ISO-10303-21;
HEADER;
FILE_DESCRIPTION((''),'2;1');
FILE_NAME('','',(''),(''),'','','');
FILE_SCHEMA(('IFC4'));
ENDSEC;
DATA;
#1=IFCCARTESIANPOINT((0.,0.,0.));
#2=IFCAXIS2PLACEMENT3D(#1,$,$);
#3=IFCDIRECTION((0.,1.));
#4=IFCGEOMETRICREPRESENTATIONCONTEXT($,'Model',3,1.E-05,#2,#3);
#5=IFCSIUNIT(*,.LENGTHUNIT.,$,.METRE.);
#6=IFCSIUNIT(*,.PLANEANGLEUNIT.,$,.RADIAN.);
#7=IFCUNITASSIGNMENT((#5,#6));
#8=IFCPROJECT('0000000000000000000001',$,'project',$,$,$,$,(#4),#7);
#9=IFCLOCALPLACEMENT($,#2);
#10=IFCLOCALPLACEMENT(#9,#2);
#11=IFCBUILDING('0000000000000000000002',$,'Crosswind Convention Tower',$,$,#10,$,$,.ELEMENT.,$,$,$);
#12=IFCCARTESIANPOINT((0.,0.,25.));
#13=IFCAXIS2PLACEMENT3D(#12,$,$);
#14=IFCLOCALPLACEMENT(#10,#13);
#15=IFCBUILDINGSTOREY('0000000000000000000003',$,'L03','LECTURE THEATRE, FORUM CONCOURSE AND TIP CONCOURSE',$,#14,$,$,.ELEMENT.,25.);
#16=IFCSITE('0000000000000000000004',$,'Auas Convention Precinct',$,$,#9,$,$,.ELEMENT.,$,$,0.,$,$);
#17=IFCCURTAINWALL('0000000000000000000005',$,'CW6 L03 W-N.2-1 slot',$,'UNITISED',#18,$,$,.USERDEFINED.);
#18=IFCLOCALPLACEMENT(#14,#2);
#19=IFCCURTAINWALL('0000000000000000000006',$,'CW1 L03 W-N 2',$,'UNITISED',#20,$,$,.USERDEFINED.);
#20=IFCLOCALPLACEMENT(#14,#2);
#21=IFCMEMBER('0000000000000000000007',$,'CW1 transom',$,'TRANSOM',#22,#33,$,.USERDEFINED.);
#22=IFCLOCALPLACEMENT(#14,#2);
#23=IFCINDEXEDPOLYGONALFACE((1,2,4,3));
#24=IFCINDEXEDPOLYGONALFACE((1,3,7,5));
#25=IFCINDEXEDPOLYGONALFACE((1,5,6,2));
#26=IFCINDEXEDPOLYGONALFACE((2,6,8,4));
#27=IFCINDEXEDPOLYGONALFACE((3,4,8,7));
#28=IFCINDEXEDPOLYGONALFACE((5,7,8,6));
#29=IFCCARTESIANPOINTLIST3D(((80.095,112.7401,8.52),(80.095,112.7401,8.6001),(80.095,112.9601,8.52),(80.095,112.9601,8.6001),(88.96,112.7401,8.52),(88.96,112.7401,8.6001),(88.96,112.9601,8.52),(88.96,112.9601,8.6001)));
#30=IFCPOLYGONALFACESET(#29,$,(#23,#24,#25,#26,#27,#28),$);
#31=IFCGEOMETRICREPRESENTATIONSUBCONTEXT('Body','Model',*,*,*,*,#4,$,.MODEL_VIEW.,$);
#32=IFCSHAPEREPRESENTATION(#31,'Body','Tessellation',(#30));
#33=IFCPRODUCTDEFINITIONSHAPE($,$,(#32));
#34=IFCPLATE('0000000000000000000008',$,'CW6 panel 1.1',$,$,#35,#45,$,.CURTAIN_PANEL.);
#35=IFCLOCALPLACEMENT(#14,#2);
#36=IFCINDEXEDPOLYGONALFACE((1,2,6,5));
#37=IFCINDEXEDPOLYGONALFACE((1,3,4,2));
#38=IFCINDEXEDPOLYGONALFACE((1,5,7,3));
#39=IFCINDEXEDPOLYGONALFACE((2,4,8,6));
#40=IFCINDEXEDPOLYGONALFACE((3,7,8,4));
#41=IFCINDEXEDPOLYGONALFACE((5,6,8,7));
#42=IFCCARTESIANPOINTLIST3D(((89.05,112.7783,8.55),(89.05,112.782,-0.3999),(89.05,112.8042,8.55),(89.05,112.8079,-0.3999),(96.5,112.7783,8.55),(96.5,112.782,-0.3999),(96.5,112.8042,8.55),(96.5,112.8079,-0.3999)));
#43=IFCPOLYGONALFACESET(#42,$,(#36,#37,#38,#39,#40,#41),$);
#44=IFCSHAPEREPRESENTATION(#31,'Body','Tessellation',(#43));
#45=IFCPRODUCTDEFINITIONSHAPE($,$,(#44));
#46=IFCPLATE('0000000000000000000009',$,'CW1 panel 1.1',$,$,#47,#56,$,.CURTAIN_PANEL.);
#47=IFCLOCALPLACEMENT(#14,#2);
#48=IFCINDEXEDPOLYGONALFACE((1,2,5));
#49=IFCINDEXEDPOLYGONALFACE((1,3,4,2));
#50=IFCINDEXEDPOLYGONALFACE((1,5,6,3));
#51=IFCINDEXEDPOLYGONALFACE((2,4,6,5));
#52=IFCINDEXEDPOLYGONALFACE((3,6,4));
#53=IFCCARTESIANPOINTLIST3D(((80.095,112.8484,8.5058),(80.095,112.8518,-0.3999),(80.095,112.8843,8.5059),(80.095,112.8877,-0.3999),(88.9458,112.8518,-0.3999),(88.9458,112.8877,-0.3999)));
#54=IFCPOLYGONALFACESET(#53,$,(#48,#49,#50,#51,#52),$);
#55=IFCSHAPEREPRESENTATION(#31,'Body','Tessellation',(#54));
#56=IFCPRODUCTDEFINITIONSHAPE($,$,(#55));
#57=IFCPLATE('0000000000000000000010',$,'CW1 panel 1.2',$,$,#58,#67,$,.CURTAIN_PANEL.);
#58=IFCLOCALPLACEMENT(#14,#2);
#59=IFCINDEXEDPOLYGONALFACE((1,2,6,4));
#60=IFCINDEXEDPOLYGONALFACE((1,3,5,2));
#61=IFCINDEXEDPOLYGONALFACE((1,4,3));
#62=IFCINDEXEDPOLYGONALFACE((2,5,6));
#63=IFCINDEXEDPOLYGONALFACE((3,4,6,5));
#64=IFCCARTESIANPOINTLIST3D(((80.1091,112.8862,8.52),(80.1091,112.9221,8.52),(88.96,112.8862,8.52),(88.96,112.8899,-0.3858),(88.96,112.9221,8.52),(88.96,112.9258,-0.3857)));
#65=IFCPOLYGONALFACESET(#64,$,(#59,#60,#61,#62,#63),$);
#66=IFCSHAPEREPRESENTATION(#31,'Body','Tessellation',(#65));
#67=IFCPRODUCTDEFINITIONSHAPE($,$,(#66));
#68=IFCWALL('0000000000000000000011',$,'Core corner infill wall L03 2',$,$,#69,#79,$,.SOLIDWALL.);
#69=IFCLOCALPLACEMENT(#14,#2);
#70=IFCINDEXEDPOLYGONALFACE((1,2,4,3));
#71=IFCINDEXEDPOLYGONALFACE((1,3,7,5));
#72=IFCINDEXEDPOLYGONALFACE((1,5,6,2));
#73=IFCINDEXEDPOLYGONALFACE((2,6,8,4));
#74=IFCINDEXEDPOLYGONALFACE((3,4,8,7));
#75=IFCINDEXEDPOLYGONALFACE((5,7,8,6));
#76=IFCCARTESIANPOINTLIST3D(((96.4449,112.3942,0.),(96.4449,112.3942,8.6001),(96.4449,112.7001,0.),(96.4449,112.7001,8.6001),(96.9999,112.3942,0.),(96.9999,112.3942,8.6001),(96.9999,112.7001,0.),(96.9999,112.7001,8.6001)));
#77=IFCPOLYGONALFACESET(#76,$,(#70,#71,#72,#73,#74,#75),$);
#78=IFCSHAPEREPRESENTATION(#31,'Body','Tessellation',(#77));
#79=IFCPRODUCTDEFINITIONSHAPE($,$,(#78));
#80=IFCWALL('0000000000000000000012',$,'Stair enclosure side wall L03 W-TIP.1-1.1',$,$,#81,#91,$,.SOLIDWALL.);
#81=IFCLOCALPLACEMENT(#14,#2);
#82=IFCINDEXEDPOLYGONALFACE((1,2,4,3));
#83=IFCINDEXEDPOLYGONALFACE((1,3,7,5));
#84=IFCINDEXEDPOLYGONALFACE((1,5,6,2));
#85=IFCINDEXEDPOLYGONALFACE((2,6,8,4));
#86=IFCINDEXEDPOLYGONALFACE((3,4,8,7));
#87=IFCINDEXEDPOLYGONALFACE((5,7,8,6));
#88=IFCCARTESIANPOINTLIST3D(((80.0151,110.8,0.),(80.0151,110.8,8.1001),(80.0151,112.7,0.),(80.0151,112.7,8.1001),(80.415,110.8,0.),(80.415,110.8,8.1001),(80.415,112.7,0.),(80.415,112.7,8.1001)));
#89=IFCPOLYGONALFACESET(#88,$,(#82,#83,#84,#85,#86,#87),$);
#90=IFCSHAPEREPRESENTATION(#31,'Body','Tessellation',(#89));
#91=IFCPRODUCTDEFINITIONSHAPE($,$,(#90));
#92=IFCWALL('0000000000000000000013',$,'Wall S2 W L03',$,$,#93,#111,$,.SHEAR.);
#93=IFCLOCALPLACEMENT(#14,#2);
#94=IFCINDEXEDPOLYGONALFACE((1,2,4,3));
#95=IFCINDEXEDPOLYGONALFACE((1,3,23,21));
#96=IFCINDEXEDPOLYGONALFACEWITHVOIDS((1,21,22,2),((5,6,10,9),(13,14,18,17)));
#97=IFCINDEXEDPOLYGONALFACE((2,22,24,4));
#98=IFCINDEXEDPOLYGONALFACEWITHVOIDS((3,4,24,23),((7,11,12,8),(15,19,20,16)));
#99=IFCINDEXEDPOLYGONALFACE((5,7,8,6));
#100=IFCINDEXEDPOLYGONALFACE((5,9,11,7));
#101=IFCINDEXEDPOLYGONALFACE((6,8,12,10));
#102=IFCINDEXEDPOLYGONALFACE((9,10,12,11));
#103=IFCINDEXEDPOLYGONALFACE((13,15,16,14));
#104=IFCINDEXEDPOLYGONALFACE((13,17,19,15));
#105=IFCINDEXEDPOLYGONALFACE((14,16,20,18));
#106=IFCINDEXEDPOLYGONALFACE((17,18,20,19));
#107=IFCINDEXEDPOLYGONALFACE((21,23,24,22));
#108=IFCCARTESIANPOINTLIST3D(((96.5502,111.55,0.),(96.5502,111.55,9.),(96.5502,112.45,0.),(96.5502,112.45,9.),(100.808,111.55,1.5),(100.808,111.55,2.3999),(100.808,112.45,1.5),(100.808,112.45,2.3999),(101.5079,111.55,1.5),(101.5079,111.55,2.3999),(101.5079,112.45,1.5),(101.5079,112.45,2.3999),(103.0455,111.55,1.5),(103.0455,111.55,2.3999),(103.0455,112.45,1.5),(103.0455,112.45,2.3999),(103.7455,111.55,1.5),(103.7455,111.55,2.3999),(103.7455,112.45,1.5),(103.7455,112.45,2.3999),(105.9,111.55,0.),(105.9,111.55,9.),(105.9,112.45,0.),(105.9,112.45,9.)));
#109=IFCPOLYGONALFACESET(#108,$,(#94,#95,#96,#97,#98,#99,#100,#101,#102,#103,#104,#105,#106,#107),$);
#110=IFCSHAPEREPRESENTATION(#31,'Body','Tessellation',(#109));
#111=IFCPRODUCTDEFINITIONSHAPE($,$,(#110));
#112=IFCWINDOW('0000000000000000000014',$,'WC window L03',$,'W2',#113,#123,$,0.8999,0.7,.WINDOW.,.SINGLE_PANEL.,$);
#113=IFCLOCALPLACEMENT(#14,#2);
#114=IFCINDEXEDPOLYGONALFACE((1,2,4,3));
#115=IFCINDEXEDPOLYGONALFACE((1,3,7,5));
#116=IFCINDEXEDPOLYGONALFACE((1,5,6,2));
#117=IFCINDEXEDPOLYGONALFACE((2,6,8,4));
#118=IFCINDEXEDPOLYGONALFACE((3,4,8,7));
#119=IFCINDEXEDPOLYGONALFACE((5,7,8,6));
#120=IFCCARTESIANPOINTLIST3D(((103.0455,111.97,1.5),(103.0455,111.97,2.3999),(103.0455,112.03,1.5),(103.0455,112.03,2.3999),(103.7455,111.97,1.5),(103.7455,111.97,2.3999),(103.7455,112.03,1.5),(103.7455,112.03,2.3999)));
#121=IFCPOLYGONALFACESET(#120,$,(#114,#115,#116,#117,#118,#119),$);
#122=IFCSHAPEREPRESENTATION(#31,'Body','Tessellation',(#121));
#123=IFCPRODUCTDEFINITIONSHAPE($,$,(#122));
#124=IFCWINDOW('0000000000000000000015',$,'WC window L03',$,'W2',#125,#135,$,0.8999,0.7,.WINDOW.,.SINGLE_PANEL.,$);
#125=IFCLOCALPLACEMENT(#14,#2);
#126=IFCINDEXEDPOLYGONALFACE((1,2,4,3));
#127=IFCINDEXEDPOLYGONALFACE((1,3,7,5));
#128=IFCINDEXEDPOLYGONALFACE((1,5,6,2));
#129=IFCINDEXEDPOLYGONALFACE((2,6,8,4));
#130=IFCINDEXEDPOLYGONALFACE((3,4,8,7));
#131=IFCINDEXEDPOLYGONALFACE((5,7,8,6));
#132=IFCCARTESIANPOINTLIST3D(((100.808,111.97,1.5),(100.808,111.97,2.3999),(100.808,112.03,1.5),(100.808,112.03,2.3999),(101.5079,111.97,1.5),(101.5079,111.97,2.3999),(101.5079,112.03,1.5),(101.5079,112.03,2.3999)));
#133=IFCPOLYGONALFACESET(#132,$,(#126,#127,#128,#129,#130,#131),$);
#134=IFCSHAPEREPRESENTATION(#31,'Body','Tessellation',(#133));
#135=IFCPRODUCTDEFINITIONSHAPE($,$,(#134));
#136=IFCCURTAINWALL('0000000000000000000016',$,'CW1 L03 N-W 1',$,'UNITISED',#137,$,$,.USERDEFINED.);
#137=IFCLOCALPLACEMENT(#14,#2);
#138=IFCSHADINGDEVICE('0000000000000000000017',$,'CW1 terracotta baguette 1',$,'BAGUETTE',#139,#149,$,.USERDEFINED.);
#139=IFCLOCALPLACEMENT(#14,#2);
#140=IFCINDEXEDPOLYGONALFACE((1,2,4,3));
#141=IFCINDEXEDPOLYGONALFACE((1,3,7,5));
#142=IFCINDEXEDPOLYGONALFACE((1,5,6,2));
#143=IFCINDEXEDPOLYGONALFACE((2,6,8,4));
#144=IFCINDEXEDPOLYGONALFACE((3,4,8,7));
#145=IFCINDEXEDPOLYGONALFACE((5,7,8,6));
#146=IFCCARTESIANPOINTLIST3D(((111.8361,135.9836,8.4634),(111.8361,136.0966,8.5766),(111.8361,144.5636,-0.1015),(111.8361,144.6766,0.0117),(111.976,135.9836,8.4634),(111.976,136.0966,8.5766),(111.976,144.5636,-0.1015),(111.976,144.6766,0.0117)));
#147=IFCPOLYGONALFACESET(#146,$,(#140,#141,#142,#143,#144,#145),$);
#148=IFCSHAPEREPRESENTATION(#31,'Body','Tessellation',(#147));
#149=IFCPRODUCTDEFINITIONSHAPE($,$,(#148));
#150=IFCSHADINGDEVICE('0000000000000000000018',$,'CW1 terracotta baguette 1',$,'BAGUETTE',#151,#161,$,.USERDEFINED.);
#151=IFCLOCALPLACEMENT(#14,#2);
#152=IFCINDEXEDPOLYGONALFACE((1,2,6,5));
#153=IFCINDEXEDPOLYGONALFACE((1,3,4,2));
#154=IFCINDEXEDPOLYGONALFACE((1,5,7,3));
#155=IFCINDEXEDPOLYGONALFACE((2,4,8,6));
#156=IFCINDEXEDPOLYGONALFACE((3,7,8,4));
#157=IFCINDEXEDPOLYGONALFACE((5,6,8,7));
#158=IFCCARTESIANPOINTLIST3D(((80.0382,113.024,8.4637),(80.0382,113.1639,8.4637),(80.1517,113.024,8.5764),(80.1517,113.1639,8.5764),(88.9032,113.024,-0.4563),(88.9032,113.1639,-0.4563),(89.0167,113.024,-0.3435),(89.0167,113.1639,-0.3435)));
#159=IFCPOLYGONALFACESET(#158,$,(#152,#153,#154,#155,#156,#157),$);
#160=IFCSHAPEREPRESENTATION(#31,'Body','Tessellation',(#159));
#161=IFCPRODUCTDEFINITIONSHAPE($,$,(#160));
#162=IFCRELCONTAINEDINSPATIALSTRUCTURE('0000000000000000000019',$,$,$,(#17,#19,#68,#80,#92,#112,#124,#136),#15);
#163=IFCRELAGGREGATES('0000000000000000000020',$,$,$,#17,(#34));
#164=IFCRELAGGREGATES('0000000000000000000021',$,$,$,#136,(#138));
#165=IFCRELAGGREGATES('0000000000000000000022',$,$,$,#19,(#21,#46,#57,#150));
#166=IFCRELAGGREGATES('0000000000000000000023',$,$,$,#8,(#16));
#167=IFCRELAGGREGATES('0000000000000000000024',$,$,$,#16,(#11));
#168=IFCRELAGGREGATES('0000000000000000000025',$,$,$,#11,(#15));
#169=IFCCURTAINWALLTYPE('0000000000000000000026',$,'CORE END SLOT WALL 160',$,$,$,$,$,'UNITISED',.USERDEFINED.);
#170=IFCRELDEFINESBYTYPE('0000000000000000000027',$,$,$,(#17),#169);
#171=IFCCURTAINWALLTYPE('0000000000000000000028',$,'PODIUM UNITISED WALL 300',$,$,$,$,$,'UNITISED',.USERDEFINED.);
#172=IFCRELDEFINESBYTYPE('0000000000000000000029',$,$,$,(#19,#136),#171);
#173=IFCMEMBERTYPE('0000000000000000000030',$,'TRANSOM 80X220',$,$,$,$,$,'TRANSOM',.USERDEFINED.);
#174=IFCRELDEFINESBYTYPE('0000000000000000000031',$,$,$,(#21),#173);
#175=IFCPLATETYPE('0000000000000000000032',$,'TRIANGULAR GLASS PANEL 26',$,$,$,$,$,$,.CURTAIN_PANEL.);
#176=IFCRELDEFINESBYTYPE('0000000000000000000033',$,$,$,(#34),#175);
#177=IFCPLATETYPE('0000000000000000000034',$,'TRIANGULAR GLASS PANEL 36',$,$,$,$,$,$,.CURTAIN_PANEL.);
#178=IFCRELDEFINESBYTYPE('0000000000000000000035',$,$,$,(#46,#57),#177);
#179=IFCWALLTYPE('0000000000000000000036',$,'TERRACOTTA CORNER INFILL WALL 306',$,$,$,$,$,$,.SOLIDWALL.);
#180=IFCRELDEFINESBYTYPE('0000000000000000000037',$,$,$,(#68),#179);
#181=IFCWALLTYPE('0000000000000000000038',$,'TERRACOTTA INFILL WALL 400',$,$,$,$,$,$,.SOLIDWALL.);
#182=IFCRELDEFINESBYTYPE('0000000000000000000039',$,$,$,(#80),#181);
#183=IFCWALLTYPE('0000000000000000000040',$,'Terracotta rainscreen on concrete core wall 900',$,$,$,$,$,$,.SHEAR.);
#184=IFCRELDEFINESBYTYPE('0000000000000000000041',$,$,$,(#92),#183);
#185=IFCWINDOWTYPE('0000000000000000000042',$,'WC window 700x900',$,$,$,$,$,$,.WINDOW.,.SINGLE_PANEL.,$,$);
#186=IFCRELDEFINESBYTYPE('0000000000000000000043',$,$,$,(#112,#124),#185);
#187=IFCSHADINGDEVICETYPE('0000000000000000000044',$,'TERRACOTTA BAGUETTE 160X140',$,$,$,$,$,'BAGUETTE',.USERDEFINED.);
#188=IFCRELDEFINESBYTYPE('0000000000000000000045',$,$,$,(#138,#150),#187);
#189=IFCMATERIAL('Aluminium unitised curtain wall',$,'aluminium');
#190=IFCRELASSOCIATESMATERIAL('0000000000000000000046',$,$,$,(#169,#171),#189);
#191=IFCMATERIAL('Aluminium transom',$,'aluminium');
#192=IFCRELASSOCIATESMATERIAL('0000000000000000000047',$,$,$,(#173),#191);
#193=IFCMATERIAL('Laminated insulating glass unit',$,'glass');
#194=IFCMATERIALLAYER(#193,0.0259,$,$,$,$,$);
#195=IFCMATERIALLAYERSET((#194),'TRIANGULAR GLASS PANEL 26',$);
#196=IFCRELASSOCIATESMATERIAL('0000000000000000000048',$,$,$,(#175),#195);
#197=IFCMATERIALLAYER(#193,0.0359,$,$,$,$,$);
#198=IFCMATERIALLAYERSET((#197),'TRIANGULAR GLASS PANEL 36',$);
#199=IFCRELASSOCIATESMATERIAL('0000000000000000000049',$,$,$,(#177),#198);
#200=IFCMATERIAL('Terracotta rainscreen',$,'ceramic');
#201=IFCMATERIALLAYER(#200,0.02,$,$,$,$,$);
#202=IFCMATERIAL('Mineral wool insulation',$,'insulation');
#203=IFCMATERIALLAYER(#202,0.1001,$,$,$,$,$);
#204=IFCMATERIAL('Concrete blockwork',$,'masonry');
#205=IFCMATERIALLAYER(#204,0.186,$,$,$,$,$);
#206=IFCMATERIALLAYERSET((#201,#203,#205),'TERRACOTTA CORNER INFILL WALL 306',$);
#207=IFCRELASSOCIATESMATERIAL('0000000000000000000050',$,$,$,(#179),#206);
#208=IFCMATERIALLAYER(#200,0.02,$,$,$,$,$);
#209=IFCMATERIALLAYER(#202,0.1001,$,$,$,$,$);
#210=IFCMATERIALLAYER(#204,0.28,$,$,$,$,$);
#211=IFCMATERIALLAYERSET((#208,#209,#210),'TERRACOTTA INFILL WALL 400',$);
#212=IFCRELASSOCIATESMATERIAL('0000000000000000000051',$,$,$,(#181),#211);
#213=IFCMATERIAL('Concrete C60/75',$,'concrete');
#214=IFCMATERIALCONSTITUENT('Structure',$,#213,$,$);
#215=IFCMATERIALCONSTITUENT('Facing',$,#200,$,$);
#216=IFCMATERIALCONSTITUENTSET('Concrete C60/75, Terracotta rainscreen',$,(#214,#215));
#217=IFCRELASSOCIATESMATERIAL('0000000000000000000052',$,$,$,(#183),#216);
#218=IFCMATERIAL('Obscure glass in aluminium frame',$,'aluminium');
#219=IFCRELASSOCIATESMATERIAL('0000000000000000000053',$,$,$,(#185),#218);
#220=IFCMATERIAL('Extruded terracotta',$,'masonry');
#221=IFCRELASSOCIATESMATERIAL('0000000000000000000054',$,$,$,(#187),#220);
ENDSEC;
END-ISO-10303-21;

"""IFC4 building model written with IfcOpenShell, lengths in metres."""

from ifc_helpers import new_model, si_unit, direction, frame, frame_2d, origin, origin_2d, place, context, subcontext, project, spatial, polyline, rectangle, outline, extrude, material, layer, layer_set, constituent, constituent_set, material_profile, profile_set, type_object, element, fill, aggregate, save


model = new_model("IFC4")

# Units and contexts
model_context = context("Model", 3, precision=1e-05, world=origin(), true_north=direction((0.0, 1.0)))
body_context = subcontext(model_context, "Body", "Model", "MODEL_VIEW")
ifc_project = project(units=[si_unit("LENGTHUNIT", "METRE"), si_unit("PLANEANGLEUNIT", "RADIAN")], contexts=[model_context])

# Site, building, storey
site_placement = place(None, origin())
site = spatial("IfcSite", under=ifc_project, at=site_placement, Name="Auas Convention Precinct", CompositionType="ELEMENT", RefElevation=0.0)
building_placement = place(site_placement, origin())
building = spatial("IfcBuilding", under=site, at=building_placement, Name="Crosswind Convention Tower", CompositionType="ELEMENT")
storey_placement = place(building_placement, frame((0.0, 0.0, 25.0)))
storey = spatial("IfcBuildingStorey", under=building, at=storey_placement, Name="L03", Description="LECTURE THEATRE, FORUM CONCOURSE AND TIP CONCOURSE", CompositionType="ELEMENT", Elevation=25.0)

# Shared definitions
ifc_material_1 = material(Name="Concrete C60/75", Category="concrete")

# Curtain walls
ifc_material_2 = material(Name="Aluminium unitised curtain wall", Category="aluminium")
curtain_wall_type_1 = type_object("IfcCurtainWallType", Name="CORE END SLOT WALL 160", ElementType="UNITISED", PredefinedType="USERDEFINED", material=ifc_material_2)
curtain_wall_1_placement = place(storey_placement, origin())
curtain_wall_1 = element("IfcCurtainWall", 1, at=curtain_wall_1_placement, inside=storey, type_object=curtain_wall_type_1, Name="CW6 L03 W-N.2-1 slot", ObjectType="UNITISED", PredefinedType="USERDEFINED")
curtain_wall_type_2 = type_object("IfcCurtainWallType", Name="PODIUM UNITISED WALL 300", ElementType="UNITISED", PredefinedType="USERDEFINED", material=ifc_material_2)
curtain_wall_2_placement = place(storey_placement, origin())
curtain_wall_2 = element("IfcCurtainWall", 2, at=curtain_wall_2_placement, inside=storey, type_object=curtain_wall_type_2, Name="CW1 L03 W-N 2", ObjectType="UNITISED", PredefinedType="USERDEFINED")

# Member
ifc_material_3 = material(Name="Aluminium transom", Category="aluminium")
ifc_material_profile_1 = material_profile(ifc_material_3, rectangle(XDim=0.22, YDim=0.0801, at=origin_2d()), Name="AL 220X80")
ifc_profile_set_1 = profile_set([ifc_material_profile_1], Name="Aluminium transom")
member_type_1 = type_object("IfcMemberType", Name="TRANSOM 80X220", ElementType="TRANSOM", PredefinedType="USERDEFINED", material=ifc_profile_set_1)
member_1_placement = place(storey_placement, frame((88.96, 112.8501, 8.5601), z_axis=(-1.0, 0.0, 0.0), x_axis=(0.0, -1.0, 0.0)))
member_1 = element("IfcMember", 3, at=member_1_placement, type_object=member_type_1, Name="CW1 transom", ObjectType="TRANSOM", PredefinedType="USERDEFINED", context=body_context, shape_type="SweptSolid", body=[
    extrude(rectangle(XDim=0.22, YDim=0.0801, at=origin_2d()), origin(), (0.0, 0.0, 1.0), 8.865),
])

# Plates
ifc_material_4 = material(Name="Laminated insulating glass unit", Category="glass")
ifc_layer_1 = layer(ifc_material_4, 0.0259)
ifc_layer_set_1 = layer_set([ifc_layer_1], Name="TRIANGULAR GLASS PANEL 26")
plate_type_1 = type_object("IfcPlateType", Name="TRIANGULAR GLASS PANEL 26", PredefinedType="CURTAIN_PANEL", material=ifc_layer_set_1)
plate_1_placement = place(storey_placement, frame((96.5, 112.8079, -0.3999), z_axis=(0.0, 1.0, 0.000409), x_axis=(-1.0, 0.0, 0.0)))
plate_1 = element("IfcPlate", 4, at=plate_1_placement, type_object=plate_type_1, Name="CW6 panel 1.1", PredefinedType="CURTAIN_PANEL", context=body_context, shape_type="SweptSolid", body=[
    extrude(outline(polyline([(0.0, 0.0), (7.45, 0.0), (7.45, 8.95), (0.0, 8.95), (0.0, 0.0)])), origin(), (0.0, 0.0, -1.0), 0.0259),
])
aggregate(curtain_wall_1, [plate_1])
ifc_layer_2 = layer(ifc_material_4, 0.0359)
ifc_layer_set_2 = layer_set([ifc_layer_2], Name="TRIANGULAR GLASS PANEL 36")
plate_type_2 = type_object("IfcPlateType", Name="TRIANGULAR GLASS PANEL 36", PredefinedType="CURTAIN_PANEL", material=ifc_layer_set_2)
plate_2_placement = place(storey_placement, frame((80.095, 112.8877, -0.3999), z_axis=(0.0, 1.0, 0.000384), x_axis=(0.0, -0.000384, 1.0)))
plate_2 = element("IfcPlate", 5, at=plate_2_placement, type_object=plate_type_2, Name="CW1 panel 1.1", PredefinedType="CURTAIN_PANEL", context=body_context, shape_type="SweptSolid", body=[
    extrude(outline(polyline([(0.0, 0.0), (8.9058, 0.0), (0.0, 8.8508), (0.0, 0.0)])), origin(), (0.0, 0.0, -1.0), 0.0359),
])
plate_3_placement = place(storey_placement, frame((88.96, 112.9221, 8.52), z_axis=(0.0, 1.0, 0.000411), x_axis=(0.0, 0.000411, -1.0)))
plate_3 = element("IfcPlate", 6, at=plate_3_placement, type_object=plate_type_2, Name="CW1 panel 1.2", PredefinedType="CURTAIN_PANEL", context=body_context, shape_type="SweptSolid", body=[
    extrude(outline(polyline([(0.0, 0.0), (8.9058, 0.0), (0.0, 8.8508), (0.0, 0.0)])), origin(), (0.0, 0.0, -1.0), 0.0359),
])

# Walls
ifc_material_5 = material(Name="Terracotta rainscreen", Category="ceramic")
ifc_layer_3 = layer(ifc_material_5, 0.02)
ifc_material_6 = material(Name="Mineral wool insulation", Category="insulation")
ifc_layer_4 = layer(ifc_material_6, 0.1001)
ifc_material_7 = material(Name="Concrete blockwork", Category="masonry")
ifc_layer_5 = layer(ifc_material_7, 0.186)
ifc_layer_set_3 = layer_set([ifc_layer_3, ifc_layer_4, ifc_layer_5], Name="TERRACOTTA CORNER INFILL WALL 306")
wall_type_1 = type_object("IfcWallType", Name="TERRACOTTA CORNER INFILL WALL 306", PredefinedType="SOLIDWALL", material=ifc_layer_set_3)
wall_1_placement = place(storey_placement, frame((96.4451, 112.5471, 0.0), z_axis=(0.0, 0.0, 1.0), x_axis=(1.0, 0.0, 0.0)))
element("IfcWall", 7, at=wall_1_placement, inside=storey, type_object=wall_type_1, Name="Core corner infill wall L03 2", PredefinedType="SOLIDWALL", context=body_context, shape_type="SweptSolid", body=[
    extrude(rectangle(XDim=0.5549, YDim=0.3059, at=frame_2d((0.2773, 0.0))), origin(), (0.0, 0.0, 1.0), 8.6001),
])
ifc_layer_6 = layer(ifc_material_5, 0.02)
ifc_layer_7 = layer(ifc_material_6, 0.1001)
ifc_layer_8 = layer(ifc_material_7, 0.28)
ifc_layer_set_4 = layer_set([ifc_layer_6, ifc_layer_7, ifc_layer_8], Name="TERRACOTTA INFILL WALL 400")
wall_type_2 = type_object("IfcWallType", Name="TERRACOTTA INFILL WALL 400", PredefinedType="SOLIDWALL", material=ifc_layer_set_4)
wall_2_placement = place(storey_placement, frame((80.2151, 112.7, 0.0), z_axis=(0.0, 0.0, 1.0), x_axis=(0.0, -1.0, 0.0)))
element("IfcWall", 8, at=wall_2_placement, inside=storey, type_object=wall_type_2, Name="Stair enclosure side wall L03 W-TIP.1-1.1", PredefinedType="SOLIDWALL", context=body_context, shape_type="SweptSolid", body=[
    extrude(rectangle(XDim=1.8999, YDim=0.3999, at=frame_2d((0.95, 0.0))), origin(), (0.0, 0.0, 1.0), 8.1001),
])

# Wall, openings, windows
ifc_constituent_1 = constituent(ifc_material_1, Name="Structure")
ifc_constituent_2 = constituent(ifc_material_5, Name="Facing")
ifc_constituent_set = constituent_set(constituents=[ifc_constituent_1, ifc_constituent_2], Name="Concrete C60/75, Terracotta rainscreen")
wall_type_3 = type_object("IfcWallType", Name="Terracotta rainscreen on concrete core wall 900", PredefinedType="SHEAR", material=ifc_constituent_set)
wall_3_placement = place(storey_placement, frame((105.8999, 112.0, 0.0), z_axis=(0.0, 0.0, 1.0), x_axis=(-1.0, 0.0, 0.0)))
wall_3 = element("IfcWall", 9, at=wall_3_placement, inside=storey, type_object=wall_type_3, Name="Wall S2 W L03", PredefinedType="SHEAR", context=body_context, shape_type="SweptSolid", body=[
    extrude(rectangle(XDim=9.3499, YDim=0.8999, at=frame_2d((4.6748, 0.0))), origin(), (0.0, 0.0, 1.0), 9.0),
])
opening_1_placement = place(wall_3_placement, frame((2.1543, 0.0, 1.5)))
opening_1 = element("IfcOpeningElement", 10, at=opening_1_placement, cuts=wall_3, PredefinedType="OPENING", context=body_context, shape_type="SweptSolid", body=[
    extrude(rectangle(XDim=0.7, YDim=0.8999, at=frame_2d((0.3501, 0.45))), frame((0.0, 0.46, 0.0), z_axis=(0.0, -1.0, 0.0), x_axis=(1.0, 0.0, 0.0)), (0.0, 0.0, 1.0), 0.9199),
])
opening_2_placement = place(wall_3_placement, frame((4.3918, 0.0, 1.5)))
opening_2 = element("IfcOpeningElement", 11, at=opening_2_placement, cuts=wall_3, PredefinedType="OPENING", context=body_context, shape_type="SweptSolid", body=[
    extrude(rectangle(XDim=0.7, YDim=0.8999, at=frame_2d((0.3501, 0.45))), frame((0.0, 0.46, 0.0), z_axis=(0.0, -1.0, 0.0), x_axis=(1.0, 0.0, 0.0)), (0.0, 0.0, 1.0), 0.9199),
])
ifc_material_8 = material(Name="Obscure glass in aluminium frame", Category="aluminium")
window_type = type_object("IfcWindowType", Name="WC window 700x900", PartitioningType="SINGLE_PANEL", PredefinedType="WINDOW", material=ifc_material_8)
window_1_placement = place(opening_1_placement, origin())
window_1 = element("IfcWindow", 12, at=window_1_placement, inside=storey, type_object=window_type, Name="WC window L03", ObjectType="W2", OverallHeight=0.8999, OverallWidth=0.7, PartitioningType="SINGLE_PANEL", PredefinedType="WINDOW", context=body_context, shape_type="SweptSolid", body=[
    extrude(rectangle(XDim=0.7, YDim=0.8999, at=frame_2d((0.3501, 0.45))), frame((0.0, 0.03, 0.0), z_axis=(0.0, -1.0, 0.0), x_axis=(1.0, 0.0, 0.0)), (0.0, 0.0, 1.0), 0.0601),
])
fill(opening_1, window_1)
window_2_placement = place(opening_2_placement, origin())
window_2 = element("IfcWindow", 13, at=window_2_placement, inside=storey, type_object=window_type, Name="WC window L03", ObjectType="W2", OverallHeight=0.8999, OverallWidth=0.7, PartitioningType="SINGLE_PANEL", PredefinedType="WINDOW", context=body_context, shape_type="SweptSolid", body=[
    extrude(rectangle(XDim=0.7, YDim=0.8999, at=frame_2d((0.3501, 0.45))), frame((0.0, 0.03, 0.0), z_axis=(0.0, -1.0, 0.0), x_axis=(1.0, 0.0, 0.0)), (0.0, 0.0, 1.0), 0.0601),
])
fill(opening_2, window_2)

# Curtain wall, shading device
curtain_wall_3_placement = place(storey_placement, origin())
curtain_wall_3 = element("IfcCurtainWall", 14, at=curtain_wall_3_placement, inside=storey, type_object=curtain_wall_type_2, Name="CW1 L03 N-W 1", ObjectType="UNITISED", PredefinedType="USERDEFINED")
ifc_material_9 = material(Name="Extruded terracotta", Category="masonry")
ifc_material_profile_2 = material_profile(ifc_material_9, rectangle(XDim=0.1399, YDim=0.1599, at=origin_2d()), Name="TC 140X160")
ifc_profile_set_2 = profile_set([ifc_material_profile_2], Name="Extruded terracotta")
shading_device_type = type_object("IfcShadingDeviceType", Name="TERRACOTTA BAGUETTE 160X140", ElementType="BAGUETTE", PredefinedType="USERDEFINED", material=ifc_profile_set_2)
shading_device_1_placement = place(storey_placement, frame((111.906, 144.6201, -0.0449), z_axis=(0.0, -0.707731, 0.706482), x_axis=(1.0, 0.0, 0.0)))
shading_device_1 = element("IfcShadingDevice", 15, at=shading_device_1_placement, type_object=shading_device_type, Name="CW1 terracotta baguette 1", ObjectType="BAGUETTE", PredefinedType="USERDEFINED", context=body_context, shape_type="SweptSolid", body=[
    extrude(rectangle(XDim=0.1399, YDim=0.1599, at=origin_2d()), origin(), (0.0, 0.0, 1.0), 12.1233),
])
aggregate(curtain_wall_3, [shading_device_1])

# Shading device
shading_device_2_placement = place(storey_placement, frame((88.96, 113.094, -0.3999), z_axis=(-0.704919, 0.0, 0.709287), x_axis=(0.0, -1.0, 0.0)))
shading_device_2 = element("IfcShadingDevice", 16, at=shading_device_2_placement, type_object=shading_device_type, Name="CW1 terracotta baguette 1", ObjectType="BAGUETTE", PredefinedType="USERDEFINED", context=body_context, shape_type="SweptSolid", body=[
    extrude(rectangle(XDim=0.1399, YDim=0.1599, at=origin_2d()), origin(), (0.0, 0.0, 1.0), 12.5759),
])
aggregate(curtain_wall_2, [member_1, plate_2, plate_3, shading_device_2])

save(model, "model.ifc")
